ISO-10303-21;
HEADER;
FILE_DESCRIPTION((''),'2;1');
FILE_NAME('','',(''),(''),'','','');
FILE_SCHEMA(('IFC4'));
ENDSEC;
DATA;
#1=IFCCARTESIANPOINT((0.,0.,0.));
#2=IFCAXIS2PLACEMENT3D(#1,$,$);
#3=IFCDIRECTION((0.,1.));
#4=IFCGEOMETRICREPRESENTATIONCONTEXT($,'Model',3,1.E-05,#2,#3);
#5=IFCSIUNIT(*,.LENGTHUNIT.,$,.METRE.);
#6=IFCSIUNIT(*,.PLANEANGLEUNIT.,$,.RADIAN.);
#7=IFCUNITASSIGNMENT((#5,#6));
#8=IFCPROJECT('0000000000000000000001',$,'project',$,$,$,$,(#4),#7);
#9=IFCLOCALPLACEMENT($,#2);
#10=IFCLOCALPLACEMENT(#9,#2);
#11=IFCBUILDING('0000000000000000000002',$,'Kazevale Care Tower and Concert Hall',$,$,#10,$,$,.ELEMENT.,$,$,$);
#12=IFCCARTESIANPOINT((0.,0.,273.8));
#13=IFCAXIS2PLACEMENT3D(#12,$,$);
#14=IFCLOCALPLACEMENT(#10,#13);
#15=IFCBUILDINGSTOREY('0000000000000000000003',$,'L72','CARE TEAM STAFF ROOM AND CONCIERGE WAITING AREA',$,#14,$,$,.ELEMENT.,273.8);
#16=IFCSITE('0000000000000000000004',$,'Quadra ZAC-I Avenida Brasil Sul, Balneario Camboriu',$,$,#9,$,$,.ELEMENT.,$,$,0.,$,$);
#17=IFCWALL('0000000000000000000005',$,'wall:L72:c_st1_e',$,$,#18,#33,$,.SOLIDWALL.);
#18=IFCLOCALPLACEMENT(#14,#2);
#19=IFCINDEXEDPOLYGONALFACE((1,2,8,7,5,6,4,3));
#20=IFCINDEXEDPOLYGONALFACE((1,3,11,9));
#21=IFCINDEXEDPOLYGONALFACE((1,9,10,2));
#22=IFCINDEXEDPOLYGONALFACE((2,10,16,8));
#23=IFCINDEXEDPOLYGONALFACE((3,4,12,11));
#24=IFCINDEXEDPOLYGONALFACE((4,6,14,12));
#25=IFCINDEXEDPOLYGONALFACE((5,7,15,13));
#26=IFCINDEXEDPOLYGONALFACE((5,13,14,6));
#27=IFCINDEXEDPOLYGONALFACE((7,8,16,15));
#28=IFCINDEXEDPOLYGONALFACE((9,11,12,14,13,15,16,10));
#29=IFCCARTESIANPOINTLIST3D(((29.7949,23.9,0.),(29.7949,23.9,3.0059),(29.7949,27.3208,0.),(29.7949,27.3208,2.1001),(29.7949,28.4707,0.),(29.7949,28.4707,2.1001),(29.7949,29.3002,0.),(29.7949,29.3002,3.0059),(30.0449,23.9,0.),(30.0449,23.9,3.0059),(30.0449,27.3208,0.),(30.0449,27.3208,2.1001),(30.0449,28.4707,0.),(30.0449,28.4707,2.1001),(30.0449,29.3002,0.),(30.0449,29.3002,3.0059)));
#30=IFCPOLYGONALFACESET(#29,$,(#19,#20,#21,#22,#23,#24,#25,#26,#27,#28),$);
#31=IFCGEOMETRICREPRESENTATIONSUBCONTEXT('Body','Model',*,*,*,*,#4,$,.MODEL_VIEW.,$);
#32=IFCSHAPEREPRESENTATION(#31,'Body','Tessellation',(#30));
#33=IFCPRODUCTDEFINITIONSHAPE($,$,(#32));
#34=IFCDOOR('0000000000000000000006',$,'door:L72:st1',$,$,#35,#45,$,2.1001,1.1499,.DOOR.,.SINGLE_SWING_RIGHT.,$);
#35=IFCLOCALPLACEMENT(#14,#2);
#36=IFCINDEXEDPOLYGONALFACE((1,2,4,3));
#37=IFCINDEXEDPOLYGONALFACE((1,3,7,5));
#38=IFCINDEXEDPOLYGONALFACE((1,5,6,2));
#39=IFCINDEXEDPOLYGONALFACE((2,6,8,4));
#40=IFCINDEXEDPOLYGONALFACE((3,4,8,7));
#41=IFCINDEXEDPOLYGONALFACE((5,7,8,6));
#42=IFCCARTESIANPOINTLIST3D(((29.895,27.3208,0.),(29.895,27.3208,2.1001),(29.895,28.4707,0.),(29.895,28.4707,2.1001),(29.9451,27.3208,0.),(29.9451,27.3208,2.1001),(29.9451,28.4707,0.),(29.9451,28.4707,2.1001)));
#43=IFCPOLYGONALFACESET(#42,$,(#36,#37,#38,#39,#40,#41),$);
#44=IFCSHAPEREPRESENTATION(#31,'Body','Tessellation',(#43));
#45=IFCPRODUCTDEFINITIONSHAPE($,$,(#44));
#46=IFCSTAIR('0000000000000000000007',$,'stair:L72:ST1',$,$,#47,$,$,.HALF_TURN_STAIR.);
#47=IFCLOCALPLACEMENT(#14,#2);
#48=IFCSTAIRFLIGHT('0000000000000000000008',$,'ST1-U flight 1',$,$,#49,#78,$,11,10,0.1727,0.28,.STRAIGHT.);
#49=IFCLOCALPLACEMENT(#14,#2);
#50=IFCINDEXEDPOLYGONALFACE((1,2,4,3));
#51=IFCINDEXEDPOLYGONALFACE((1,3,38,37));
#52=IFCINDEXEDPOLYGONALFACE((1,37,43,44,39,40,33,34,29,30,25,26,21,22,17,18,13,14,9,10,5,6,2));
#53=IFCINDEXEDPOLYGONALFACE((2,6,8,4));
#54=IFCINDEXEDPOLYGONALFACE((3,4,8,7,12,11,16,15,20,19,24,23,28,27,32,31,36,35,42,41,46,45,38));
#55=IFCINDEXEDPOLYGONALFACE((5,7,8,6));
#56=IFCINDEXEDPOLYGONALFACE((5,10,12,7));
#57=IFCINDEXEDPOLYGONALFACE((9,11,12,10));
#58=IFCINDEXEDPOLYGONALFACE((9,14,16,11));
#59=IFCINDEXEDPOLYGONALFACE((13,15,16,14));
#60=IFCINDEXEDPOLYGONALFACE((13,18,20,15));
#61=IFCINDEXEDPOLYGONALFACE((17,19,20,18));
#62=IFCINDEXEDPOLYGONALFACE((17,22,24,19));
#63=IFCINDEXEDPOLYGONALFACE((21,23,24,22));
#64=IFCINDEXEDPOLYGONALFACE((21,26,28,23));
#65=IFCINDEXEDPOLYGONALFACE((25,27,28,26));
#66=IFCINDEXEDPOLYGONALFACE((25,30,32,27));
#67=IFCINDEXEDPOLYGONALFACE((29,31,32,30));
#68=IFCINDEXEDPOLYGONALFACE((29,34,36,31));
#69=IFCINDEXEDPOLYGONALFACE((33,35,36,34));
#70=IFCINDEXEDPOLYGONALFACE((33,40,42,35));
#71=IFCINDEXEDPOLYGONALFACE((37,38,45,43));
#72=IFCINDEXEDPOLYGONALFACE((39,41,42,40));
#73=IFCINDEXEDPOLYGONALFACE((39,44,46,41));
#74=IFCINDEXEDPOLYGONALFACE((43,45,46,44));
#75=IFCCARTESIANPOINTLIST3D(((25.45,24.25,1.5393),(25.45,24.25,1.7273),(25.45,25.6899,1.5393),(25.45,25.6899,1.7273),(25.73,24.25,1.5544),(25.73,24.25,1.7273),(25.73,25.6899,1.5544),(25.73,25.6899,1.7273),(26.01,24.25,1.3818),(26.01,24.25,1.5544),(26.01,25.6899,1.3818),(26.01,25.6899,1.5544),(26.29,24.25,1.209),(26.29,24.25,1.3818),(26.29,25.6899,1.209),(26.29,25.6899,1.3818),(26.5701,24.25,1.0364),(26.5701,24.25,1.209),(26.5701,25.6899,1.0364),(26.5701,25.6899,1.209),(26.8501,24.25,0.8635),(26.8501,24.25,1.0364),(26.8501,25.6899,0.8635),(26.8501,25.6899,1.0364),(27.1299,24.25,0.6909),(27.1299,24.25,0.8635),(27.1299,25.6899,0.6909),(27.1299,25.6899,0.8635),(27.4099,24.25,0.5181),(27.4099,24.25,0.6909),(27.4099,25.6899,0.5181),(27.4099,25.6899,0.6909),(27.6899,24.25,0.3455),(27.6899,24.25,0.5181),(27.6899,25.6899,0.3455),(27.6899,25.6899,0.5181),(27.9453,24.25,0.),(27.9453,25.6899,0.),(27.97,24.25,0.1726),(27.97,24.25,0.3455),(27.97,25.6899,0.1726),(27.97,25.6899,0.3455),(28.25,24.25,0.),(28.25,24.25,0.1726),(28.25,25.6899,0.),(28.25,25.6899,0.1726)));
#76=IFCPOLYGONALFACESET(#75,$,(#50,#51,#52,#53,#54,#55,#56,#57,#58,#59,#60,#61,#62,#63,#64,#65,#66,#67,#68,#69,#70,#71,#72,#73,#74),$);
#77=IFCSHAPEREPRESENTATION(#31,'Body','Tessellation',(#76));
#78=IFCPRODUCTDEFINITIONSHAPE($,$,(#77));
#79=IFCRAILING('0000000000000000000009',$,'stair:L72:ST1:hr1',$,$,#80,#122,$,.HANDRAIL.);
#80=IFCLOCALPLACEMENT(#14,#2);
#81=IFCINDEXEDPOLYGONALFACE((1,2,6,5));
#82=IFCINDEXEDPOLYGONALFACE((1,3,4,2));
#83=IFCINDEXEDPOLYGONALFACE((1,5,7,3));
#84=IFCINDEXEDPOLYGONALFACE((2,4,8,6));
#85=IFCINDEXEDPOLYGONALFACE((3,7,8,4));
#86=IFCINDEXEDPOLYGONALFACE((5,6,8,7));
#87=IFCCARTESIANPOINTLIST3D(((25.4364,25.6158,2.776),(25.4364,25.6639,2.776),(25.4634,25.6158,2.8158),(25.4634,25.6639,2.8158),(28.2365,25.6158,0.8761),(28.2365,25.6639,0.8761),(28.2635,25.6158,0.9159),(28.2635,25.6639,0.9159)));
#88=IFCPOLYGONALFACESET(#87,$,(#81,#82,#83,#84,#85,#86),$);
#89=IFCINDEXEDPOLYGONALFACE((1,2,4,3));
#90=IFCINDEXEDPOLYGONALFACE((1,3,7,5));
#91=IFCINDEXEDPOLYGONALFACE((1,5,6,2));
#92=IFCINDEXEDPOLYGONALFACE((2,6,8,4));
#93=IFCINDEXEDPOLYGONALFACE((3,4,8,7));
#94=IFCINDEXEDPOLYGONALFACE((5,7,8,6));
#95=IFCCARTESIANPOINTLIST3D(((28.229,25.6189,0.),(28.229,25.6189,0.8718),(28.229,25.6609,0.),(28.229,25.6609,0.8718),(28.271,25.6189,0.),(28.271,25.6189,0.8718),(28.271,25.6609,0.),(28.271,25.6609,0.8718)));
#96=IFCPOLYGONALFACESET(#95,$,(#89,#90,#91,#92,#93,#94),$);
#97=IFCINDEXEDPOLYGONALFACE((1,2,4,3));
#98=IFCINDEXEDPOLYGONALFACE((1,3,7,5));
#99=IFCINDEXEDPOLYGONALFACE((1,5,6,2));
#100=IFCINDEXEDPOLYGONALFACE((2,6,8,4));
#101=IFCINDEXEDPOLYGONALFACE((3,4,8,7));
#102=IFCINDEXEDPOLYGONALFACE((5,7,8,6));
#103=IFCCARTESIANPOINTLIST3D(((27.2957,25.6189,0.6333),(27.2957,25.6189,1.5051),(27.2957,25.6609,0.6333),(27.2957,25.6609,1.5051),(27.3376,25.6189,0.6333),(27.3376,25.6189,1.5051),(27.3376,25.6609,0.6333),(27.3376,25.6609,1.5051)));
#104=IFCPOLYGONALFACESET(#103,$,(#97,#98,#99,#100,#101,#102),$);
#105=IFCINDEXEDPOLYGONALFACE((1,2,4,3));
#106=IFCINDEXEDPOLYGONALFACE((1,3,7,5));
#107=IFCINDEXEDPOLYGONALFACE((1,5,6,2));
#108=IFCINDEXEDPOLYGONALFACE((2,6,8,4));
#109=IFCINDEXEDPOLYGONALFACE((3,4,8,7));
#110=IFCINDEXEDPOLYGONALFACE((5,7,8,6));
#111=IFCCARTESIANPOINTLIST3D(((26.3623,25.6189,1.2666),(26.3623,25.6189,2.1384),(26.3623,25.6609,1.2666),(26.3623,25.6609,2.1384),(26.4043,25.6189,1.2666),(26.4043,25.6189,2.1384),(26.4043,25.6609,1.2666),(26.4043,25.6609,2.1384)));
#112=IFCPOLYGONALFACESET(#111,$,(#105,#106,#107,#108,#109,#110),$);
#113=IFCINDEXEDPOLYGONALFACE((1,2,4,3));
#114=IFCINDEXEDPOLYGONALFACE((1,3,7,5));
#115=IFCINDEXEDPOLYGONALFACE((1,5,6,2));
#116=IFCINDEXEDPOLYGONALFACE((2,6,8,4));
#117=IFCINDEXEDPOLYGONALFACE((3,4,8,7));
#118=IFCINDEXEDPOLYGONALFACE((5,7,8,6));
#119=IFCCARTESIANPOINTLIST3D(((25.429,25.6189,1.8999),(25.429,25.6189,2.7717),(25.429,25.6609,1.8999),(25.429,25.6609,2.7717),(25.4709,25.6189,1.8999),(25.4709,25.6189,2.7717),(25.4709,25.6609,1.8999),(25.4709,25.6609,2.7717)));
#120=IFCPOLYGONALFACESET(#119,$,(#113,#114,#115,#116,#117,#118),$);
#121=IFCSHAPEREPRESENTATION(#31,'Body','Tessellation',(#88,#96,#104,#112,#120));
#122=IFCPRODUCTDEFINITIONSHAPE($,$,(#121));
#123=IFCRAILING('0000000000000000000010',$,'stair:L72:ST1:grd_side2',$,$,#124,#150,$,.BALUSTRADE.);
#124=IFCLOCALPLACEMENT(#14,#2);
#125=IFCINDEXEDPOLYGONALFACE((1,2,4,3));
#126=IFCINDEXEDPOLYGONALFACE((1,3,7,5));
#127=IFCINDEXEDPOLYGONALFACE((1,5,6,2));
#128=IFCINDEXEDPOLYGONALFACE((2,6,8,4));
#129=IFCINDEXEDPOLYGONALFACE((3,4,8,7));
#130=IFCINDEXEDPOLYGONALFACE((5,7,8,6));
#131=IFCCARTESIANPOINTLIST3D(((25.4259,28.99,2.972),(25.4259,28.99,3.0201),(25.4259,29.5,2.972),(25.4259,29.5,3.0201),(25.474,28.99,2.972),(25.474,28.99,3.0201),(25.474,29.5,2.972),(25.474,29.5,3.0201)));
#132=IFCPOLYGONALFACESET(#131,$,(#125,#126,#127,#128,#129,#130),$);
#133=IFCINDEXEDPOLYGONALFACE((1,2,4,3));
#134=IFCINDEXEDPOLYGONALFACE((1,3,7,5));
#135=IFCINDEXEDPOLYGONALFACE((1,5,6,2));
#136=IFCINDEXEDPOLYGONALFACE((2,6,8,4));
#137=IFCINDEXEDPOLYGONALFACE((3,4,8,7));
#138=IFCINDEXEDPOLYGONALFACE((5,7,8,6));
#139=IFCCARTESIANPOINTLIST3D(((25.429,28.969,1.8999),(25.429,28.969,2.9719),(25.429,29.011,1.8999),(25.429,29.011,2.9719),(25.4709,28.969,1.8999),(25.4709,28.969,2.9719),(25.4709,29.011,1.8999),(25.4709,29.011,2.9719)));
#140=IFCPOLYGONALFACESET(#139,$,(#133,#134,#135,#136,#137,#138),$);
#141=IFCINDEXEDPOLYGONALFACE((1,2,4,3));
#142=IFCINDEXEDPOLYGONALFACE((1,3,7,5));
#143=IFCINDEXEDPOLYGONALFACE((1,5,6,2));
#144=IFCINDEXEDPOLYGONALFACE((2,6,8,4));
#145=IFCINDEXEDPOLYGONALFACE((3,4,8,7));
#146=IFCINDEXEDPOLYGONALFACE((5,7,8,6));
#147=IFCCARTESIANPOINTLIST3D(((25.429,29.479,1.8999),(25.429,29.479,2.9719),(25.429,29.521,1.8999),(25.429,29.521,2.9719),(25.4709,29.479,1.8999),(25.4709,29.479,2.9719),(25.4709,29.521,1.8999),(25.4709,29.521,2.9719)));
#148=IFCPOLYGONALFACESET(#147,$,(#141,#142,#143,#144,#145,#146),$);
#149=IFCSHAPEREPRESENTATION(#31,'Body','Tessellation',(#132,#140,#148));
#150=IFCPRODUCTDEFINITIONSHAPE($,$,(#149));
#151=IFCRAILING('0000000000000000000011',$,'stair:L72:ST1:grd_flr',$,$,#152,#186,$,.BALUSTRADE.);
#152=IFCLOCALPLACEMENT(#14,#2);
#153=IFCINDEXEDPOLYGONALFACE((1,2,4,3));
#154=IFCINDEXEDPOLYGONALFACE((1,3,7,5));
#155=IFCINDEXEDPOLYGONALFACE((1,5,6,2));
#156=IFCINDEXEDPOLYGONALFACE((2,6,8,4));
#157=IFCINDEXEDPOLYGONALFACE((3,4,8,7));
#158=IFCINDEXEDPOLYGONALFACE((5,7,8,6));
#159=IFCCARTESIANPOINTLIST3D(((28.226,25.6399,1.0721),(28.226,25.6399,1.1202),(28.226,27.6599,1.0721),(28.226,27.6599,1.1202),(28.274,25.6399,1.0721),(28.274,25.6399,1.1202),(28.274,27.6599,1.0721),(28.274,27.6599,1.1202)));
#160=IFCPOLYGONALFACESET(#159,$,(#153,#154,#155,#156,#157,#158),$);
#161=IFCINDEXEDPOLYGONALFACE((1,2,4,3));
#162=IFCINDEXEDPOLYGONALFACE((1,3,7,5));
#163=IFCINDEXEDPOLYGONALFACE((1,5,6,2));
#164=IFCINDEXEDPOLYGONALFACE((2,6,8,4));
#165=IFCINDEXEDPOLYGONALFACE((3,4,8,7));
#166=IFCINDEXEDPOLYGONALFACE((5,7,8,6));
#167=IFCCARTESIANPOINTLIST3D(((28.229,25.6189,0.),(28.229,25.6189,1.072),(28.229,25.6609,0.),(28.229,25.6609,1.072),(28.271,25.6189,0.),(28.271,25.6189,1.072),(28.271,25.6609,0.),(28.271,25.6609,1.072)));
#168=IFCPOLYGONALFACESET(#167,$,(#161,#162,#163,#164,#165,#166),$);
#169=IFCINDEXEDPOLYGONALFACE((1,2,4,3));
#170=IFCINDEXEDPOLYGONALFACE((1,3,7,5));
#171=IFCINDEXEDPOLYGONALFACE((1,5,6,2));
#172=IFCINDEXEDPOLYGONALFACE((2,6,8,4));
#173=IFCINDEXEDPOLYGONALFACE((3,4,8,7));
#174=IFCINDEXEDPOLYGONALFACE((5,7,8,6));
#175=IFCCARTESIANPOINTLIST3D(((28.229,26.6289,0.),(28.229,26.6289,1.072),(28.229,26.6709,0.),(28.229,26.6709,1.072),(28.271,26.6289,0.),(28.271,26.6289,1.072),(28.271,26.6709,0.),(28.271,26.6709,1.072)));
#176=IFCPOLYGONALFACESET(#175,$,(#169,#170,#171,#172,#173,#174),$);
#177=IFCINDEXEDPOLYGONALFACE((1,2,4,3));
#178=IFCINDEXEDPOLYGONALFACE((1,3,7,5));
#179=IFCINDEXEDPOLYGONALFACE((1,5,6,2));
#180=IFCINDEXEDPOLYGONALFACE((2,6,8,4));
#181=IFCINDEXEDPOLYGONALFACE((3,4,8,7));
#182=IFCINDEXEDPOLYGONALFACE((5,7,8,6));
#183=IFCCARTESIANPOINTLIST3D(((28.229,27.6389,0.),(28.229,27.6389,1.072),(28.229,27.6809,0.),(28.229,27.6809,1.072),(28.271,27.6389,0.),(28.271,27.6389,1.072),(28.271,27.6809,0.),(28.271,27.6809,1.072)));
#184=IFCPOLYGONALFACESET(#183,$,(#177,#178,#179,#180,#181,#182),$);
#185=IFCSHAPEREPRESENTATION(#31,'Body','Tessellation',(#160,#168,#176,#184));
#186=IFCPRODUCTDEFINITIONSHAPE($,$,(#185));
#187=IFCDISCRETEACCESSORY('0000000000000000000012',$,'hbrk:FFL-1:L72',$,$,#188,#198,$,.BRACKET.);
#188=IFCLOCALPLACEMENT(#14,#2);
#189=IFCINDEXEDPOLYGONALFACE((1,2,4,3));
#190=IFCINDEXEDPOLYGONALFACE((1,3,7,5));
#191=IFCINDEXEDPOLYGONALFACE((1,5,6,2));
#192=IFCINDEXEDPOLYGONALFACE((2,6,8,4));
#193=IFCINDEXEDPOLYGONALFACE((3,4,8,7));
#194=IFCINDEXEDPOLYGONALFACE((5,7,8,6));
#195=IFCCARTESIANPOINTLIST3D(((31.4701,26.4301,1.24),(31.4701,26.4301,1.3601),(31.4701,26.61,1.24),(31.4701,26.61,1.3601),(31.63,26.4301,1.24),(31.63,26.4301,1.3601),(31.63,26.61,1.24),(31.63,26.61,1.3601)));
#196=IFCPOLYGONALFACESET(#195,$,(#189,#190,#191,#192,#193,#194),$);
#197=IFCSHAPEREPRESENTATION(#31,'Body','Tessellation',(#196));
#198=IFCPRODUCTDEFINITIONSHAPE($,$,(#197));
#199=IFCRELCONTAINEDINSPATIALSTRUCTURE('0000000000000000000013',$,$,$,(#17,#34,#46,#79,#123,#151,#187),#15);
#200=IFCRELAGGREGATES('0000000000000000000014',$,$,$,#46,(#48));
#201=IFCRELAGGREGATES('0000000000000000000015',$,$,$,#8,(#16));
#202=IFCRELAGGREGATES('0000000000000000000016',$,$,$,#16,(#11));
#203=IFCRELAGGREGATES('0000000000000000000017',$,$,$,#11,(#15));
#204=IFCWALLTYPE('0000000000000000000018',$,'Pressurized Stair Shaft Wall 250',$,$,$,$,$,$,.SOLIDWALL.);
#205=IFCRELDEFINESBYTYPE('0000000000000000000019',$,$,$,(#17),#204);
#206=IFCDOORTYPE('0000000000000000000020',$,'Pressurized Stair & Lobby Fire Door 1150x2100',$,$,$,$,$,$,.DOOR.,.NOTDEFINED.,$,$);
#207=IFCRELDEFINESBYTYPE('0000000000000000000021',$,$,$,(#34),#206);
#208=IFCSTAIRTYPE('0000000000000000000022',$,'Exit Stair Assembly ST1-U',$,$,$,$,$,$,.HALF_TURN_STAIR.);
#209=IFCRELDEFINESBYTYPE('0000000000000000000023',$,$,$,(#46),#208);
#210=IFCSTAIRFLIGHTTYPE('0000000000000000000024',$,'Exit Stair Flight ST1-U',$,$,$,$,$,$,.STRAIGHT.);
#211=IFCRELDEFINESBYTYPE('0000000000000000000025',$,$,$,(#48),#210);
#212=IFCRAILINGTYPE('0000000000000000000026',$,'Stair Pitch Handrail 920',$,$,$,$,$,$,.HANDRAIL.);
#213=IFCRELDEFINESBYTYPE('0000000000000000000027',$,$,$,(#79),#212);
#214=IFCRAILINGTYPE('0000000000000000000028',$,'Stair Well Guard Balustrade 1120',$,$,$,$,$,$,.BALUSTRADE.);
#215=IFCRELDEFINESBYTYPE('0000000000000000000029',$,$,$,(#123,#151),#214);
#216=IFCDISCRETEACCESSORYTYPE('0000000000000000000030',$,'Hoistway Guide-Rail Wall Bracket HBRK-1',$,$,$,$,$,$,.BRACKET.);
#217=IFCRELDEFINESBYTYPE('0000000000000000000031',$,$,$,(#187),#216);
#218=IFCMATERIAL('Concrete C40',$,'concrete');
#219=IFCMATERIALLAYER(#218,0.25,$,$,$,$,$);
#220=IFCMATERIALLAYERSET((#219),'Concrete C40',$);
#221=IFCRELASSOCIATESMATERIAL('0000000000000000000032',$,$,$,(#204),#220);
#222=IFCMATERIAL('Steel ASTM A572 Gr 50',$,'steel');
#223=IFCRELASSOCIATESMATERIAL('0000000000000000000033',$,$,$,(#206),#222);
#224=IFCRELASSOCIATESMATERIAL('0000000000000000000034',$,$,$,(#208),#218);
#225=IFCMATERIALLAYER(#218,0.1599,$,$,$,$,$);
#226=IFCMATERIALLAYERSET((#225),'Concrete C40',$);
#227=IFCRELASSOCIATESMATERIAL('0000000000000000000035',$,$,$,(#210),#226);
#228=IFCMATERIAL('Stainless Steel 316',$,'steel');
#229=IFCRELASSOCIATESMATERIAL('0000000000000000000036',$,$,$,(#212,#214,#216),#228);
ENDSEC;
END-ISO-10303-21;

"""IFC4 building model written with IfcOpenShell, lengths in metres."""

from ifc_helpers import new_model, si_unit, direction, frame, frame_2d, origin, origin_2d, place, context, subcontext, project, spatial, polyline, rectangle, outline, extrude, material, layer, layer_set, type_object, element, fill, aggregate, save


model = new_model("IFC4")

# Units and contexts
model_context = context("Model", 3, precision=1e-05, world=origin(), true_north=direction((0.0, 1.0)))
body_context = subcontext(model_context, "Body", "Model", "MODEL_VIEW")
ifc_project = project(units=[si_unit("LENGTHUNIT", "METRE"), si_unit("PLANEANGLEUNIT", "RADIAN")], contexts=[model_context])

# Site, building, storey
site_placement = place(None, origin())
site = spatial("IfcSite", under=ifc_project, at=site_placement, Name="Quadra ZAC-I Avenida Brasil Sul, Balneario Camboriu", CompositionType="ELEMENT", RefElevation=0.0)
building_placement = place(site_placement, origin())
building = spatial("IfcBuilding", under=site, at=building_placement, Name="Kazevale Care Tower and Concert Hall", CompositionType="ELEMENT")
storey_placement = place(building_placement, frame((0.0, 0.0, 273.8)))
storey = spatial("IfcBuildingStorey", under=building, at=storey_placement, Name="L72", Description="CARE TEAM STAFF ROOM AND CONCIERGE WAITING AREA", CompositionType="ELEMENT", Elevation=273.8)

# Shared definitions
ifc_material_1 = material(Name="Concrete C40", Category="concrete")
ifc_material_2 = material(Name="Stainless Steel 316", Category="steel")

# Wall, opening, door
ifc_layer_1 = layer(ifc_material_1, 0.25)
ifc_layer_set_1 = layer_set([ifc_layer_1], Name="Concrete C40")
wall_type_1 = type_object("IfcWallType", Name="Pressurized Stair Shaft Wall 250", PredefinedType="SOLIDWALL", material=ifc_layer_set_1)
wall_1_placement = place(storey_placement, frame((29.9199, 23.8999, 0.0), z_axis=(0.0, 0.0, 1.0), x_axis=(0.0, 1.0, 0.0)))
wall_1 = element("IfcWall", 1, at=wall_1_placement, inside=storey, type_object=wall_type_1, Name="wall:L72:c_st1_e", PredefinedType="SOLIDWALL", context=body_context, shape_type="SweptSolid", body=[
    extrude(rectangle(XDim=5.4001, YDim=0.25, at=frame_2d((2.7002, 0.0))), origin(), (0.0, 0.0, 1.0), 3.0059),
])
opening_1_placement = place(wall_1_placement, frame((3.4209, 0.0, 0.0)))
opening_1 = element("IfcOpeningElement", 2, at=opening_1_placement, cuts=wall_1, PredefinedType="OPENING", context=body_context, shape_type="SweptSolid", body=[
    extrude(rectangle(XDim=1.1499, YDim=2.1001, at=frame_2d((0.575, 1.05))), frame((0.0, 0.135, 0.0), z_axis=(0.0, -1.0, 0.0), x_axis=(1.0, 0.0, 0.0)), (0.0, 0.0, 1.0), 0.27),
])
ifc_material_3 = material(Name="Steel ASTM A572 Gr 50", Category="steel")
door_type_1 = type_object("IfcDoorType", Name="Pressurized Stair & Lobby Fire Door 1150x2100", OperationType="NOTDEFINED", PredefinedType="DOOR", material=ifc_material_3)
door_1_placement = place(opening_1_placement, origin())
door_1 = element("IfcDoor", 3, at=door_1_placement, inside=storey, type_object=door_type_1, Name="door:L72:st1", OperationType="SINGLE_SWING_RIGHT", OverallHeight=2.1001, OverallWidth=1.1499, PredefinedType="DOOR", context=body_context, shape_type="SweptSolid", body=[
    extrude(rectangle(XDim=1.1499, YDim=2.1001, at=frame_2d((0.575, 1.05))), frame((0.0, 0.0249, 0.0), z_axis=(0.0, -1.0, 0.0), x_axis=(1.0, 0.0, 0.0)), (0.0, 0.0, 1.0), 0.05),
])
fill(opening_1, door_1)

# Stair, stair flight
stair_type = type_object("IfcStairType", Name="Exit Stair Assembly ST1-U", PredefinedType="HALF_TURN_STAIR", material=ifc_material_1)
stair_placement = place(storey_placement, origin())
stair = element("IfcStair", 4, at=stair_placement, inside=storey, type_object=stair_type, Name="stair:L72:ST1", PredefinedType="HALF_TURN_STAIR")
ifc_layer_2 = layer(ifc_material_1, 0.1599)
ifc_layer_set_2 = layer_set([ifc_layer_2], Name="Concrete C40")
stair_flight_type = type_object("IfcStairFlightType", Name="Exit Stair Flight ST1-U", PredefinedType="STRAIGHT", material=ifc_layer_set_2)
stair_flight_placement = place(storey_placement, frame((28.25, 24.97, 0.0), z_axis=(0.0, 0.0, 1.0), x_axis=(-1.0, 0.0, 0.0)))
stair_flight = element("IfcStairFlight", 5, at=stair_flight_placement, type_object=stair_flight_type, Name="ST1-U flight 1", NumberOfRisers=11, NumberOfTreads=10, PredefinedType="STRAIGHT", RiserHeight=0.1727, TreadLength=0.28, context=body_context, shape_type="SweptSolid", body=[
    extrude(outline(polyline([(0.0, 0.0), (0.0, 0.1726), (0.28, 0.1726), (0.28, 0.3455), (0.5601, 0.3455), (0.5601, 0.5181), (0.8401, 0.5181), (0.8401, 0.6909), (1.1201, 0.6909), (1.1201, 0.8635), (1.3999, 0.8635), (1.3999, 1.0364), (1.6799, 1.0364), (1.6799, 1.209), (1.96, 1.209), (1.96, 1.3818), (2.24, 1.3818), (2.24, 1.5544), (2.52, 1.5544), (2.52, 1.7273), (2.8, 1.7273), (2.8, 1.8999), (2.8, 1.5393), (0.3047, 0.0), (0.0, 0.0)])), frame((0.0, 0.72, 0.0), z_axis=(0.0, -1.0, 0.0), x_axis=(1.0, 0.0, 0.0)), (0.0, 0.0, 1.0), 1.4399),
])
aggregate(stair, [stair_flight])

# Railings
railing_type_1 = type_object("IfcRailingType", Name="Stair Pitch Handrail 920", PredefinedType="HANDRAIL", material=ifc_material_2)
railing_1_placement = place(storey_placement, frame((28.25, 25.6399, 0.0)))
element("IfcRailing", 6, at=railing_1_placement, inside=storey, type_object=railing_type_1, Name="stair:L72:ST1:hr1", PredefinedType="HANDRAIL", context=body_context, shape_type="SweptSolid", body=[
    extrude(rectangle(XDim=0.0481, YDim=0.0481, at=origin_2d()), frame((0.0, 0.0, 0.896), z_axis=(-0.827494, 0.0, 0.561475), x_axis=(0.0, -1.0, 0.0)), (0.0, 0.0, 1.0), 3.3838),
    extrude(rectangle(XDim=0.042, YDim=0.042, at=origin_2d()), origin(), (0.0, 0.0, 1.0), 0.8718),
    extrude(rectangle(XDim=0.042, YDim=0.042, at=origin_2d()), frame((-0.9333, 0.0, 0.6333)), (0.0, 0.0, 1.0), 0.8718),
    extrude(rectangle(XDim=0.042, YDim=0.042, at=origin_2d()), frame((-1.8667, 0.0, 1.2666)), (0.0, 0.0, 1.0), 0.8718),
    extrude(rectangle(XDim=0.042, YDim=0.042, at=origin_2d()), frame((-2.8, 0.0, 1.8999)), (0.0, 0.0, 1.0), 0.8718),
])
railing_type_2 = type_object("IfcRailingType", Name="Stair Well Guard Balustrade 1120", PredefinedType="BALUSTRADE", material=ifc_material_2)
railing_2_placement = place(storey_placement, frame((25.45, 28.99, 1.8999)))
element("IfcRailing", 7, at=railing_2_placement, inside=storey, type_object=railing_type_2, Name="stair:L72:ST1:grd_side2", PredefinedType="BALUSTRADE", context=body_context, shape_type="SweptSolid", body=[
    extrude(rectangle(XDim=0.0481, YDim=0.0481, at=origin_2d()), frame((0.0, 0.0, 1.0962), z_axis=(0.0, 1.0, 0.0), x_axis=(-1.0, 0.0, 0.0)), (0.0, 0.0, 1.0), 0.51),
    extrude(rectangle(XDim=0.042, YDim=0.042, at=origin_2d()), origin(), (0.0, 0.0, 1.0), 1.072),
    extrude(rectangle(XDim=0.042, YDim=0.042, at=origin_2d()), frame((0.0, 0.51, 0.0)), (0.0, 0.0, 1.0), 1.072),
])
railing_3_placement = place(storey_placement, frame((28.25, 25.6399, 0.0)))
element("IfcRailing", 8, at=railing_3_placement, inside=storey, type_object=railing_type_2, Name="stair:L72:ST1:grd_flr", PredefinedType="BALUSTRADE", context=body_context, shape_type="SweptSolid", body=[
    extrude(rectangle(XDim=0.0481, YDim=0.0481, at=origin_2d()), frame((0.0, 0.0, 1.0962), z_axis=(0.0, 1.0, 0.0), x_axis=(-1.0, 0.0, 0.0)), (0.0, 0.0, 1.0), 2.02),
    extrude(rectangle(XDim=0.042, YDim=0.042, at=origin_2d()), origin(), (0.0, 0.0, 1.0), 1.072),
    extrude(rectangle(XDim=0.042, YDim=0.042, at=origin_2d()), frame((0.0, 1.01, 0.0)), (0.0, 0.0, 1.0), 1.072),
    extrude(rectangle(XDim=0.042, YDim=0.042, at=origin_2d()), frame((0.0, 2.02, 0.0)), (0.0, 0.0, 1.0), 1.072),
])

# Discrete accessory
discrete_accessory_type = type_object("IfcDiscreteAccessoryType", Name="Hoistway Guide-Rail Wall Bracket HBRK-1", PredefinedType="BRACKET", material=ifc_material_2)
for number, where, z_axis, x_axis, name in (
    (9, (31.55, 26.52, 1.24), (0.0, 0.0, 1.0), (1.0, 0.0, 0.0), "hbrk:FFL-1:L72"),
):
    element("IfcDiscreteAccessory", number, at=place(storey_placement, frame(where, z_axis=z_axis, x_axis=x_axis)), inside=storey, type_object=discrete_accessory_type, Name=name, PredefinedType="BRACKET", context=body_context, shape_type="SweptSolid", body=[
        extrude(rectangle(XDim=0.1599, YDim=0.1799, at=origin_2d()), origin(), (0.0, 0.0, 1.0), 0.1201),
    ])

save(model, "model.ifc")
